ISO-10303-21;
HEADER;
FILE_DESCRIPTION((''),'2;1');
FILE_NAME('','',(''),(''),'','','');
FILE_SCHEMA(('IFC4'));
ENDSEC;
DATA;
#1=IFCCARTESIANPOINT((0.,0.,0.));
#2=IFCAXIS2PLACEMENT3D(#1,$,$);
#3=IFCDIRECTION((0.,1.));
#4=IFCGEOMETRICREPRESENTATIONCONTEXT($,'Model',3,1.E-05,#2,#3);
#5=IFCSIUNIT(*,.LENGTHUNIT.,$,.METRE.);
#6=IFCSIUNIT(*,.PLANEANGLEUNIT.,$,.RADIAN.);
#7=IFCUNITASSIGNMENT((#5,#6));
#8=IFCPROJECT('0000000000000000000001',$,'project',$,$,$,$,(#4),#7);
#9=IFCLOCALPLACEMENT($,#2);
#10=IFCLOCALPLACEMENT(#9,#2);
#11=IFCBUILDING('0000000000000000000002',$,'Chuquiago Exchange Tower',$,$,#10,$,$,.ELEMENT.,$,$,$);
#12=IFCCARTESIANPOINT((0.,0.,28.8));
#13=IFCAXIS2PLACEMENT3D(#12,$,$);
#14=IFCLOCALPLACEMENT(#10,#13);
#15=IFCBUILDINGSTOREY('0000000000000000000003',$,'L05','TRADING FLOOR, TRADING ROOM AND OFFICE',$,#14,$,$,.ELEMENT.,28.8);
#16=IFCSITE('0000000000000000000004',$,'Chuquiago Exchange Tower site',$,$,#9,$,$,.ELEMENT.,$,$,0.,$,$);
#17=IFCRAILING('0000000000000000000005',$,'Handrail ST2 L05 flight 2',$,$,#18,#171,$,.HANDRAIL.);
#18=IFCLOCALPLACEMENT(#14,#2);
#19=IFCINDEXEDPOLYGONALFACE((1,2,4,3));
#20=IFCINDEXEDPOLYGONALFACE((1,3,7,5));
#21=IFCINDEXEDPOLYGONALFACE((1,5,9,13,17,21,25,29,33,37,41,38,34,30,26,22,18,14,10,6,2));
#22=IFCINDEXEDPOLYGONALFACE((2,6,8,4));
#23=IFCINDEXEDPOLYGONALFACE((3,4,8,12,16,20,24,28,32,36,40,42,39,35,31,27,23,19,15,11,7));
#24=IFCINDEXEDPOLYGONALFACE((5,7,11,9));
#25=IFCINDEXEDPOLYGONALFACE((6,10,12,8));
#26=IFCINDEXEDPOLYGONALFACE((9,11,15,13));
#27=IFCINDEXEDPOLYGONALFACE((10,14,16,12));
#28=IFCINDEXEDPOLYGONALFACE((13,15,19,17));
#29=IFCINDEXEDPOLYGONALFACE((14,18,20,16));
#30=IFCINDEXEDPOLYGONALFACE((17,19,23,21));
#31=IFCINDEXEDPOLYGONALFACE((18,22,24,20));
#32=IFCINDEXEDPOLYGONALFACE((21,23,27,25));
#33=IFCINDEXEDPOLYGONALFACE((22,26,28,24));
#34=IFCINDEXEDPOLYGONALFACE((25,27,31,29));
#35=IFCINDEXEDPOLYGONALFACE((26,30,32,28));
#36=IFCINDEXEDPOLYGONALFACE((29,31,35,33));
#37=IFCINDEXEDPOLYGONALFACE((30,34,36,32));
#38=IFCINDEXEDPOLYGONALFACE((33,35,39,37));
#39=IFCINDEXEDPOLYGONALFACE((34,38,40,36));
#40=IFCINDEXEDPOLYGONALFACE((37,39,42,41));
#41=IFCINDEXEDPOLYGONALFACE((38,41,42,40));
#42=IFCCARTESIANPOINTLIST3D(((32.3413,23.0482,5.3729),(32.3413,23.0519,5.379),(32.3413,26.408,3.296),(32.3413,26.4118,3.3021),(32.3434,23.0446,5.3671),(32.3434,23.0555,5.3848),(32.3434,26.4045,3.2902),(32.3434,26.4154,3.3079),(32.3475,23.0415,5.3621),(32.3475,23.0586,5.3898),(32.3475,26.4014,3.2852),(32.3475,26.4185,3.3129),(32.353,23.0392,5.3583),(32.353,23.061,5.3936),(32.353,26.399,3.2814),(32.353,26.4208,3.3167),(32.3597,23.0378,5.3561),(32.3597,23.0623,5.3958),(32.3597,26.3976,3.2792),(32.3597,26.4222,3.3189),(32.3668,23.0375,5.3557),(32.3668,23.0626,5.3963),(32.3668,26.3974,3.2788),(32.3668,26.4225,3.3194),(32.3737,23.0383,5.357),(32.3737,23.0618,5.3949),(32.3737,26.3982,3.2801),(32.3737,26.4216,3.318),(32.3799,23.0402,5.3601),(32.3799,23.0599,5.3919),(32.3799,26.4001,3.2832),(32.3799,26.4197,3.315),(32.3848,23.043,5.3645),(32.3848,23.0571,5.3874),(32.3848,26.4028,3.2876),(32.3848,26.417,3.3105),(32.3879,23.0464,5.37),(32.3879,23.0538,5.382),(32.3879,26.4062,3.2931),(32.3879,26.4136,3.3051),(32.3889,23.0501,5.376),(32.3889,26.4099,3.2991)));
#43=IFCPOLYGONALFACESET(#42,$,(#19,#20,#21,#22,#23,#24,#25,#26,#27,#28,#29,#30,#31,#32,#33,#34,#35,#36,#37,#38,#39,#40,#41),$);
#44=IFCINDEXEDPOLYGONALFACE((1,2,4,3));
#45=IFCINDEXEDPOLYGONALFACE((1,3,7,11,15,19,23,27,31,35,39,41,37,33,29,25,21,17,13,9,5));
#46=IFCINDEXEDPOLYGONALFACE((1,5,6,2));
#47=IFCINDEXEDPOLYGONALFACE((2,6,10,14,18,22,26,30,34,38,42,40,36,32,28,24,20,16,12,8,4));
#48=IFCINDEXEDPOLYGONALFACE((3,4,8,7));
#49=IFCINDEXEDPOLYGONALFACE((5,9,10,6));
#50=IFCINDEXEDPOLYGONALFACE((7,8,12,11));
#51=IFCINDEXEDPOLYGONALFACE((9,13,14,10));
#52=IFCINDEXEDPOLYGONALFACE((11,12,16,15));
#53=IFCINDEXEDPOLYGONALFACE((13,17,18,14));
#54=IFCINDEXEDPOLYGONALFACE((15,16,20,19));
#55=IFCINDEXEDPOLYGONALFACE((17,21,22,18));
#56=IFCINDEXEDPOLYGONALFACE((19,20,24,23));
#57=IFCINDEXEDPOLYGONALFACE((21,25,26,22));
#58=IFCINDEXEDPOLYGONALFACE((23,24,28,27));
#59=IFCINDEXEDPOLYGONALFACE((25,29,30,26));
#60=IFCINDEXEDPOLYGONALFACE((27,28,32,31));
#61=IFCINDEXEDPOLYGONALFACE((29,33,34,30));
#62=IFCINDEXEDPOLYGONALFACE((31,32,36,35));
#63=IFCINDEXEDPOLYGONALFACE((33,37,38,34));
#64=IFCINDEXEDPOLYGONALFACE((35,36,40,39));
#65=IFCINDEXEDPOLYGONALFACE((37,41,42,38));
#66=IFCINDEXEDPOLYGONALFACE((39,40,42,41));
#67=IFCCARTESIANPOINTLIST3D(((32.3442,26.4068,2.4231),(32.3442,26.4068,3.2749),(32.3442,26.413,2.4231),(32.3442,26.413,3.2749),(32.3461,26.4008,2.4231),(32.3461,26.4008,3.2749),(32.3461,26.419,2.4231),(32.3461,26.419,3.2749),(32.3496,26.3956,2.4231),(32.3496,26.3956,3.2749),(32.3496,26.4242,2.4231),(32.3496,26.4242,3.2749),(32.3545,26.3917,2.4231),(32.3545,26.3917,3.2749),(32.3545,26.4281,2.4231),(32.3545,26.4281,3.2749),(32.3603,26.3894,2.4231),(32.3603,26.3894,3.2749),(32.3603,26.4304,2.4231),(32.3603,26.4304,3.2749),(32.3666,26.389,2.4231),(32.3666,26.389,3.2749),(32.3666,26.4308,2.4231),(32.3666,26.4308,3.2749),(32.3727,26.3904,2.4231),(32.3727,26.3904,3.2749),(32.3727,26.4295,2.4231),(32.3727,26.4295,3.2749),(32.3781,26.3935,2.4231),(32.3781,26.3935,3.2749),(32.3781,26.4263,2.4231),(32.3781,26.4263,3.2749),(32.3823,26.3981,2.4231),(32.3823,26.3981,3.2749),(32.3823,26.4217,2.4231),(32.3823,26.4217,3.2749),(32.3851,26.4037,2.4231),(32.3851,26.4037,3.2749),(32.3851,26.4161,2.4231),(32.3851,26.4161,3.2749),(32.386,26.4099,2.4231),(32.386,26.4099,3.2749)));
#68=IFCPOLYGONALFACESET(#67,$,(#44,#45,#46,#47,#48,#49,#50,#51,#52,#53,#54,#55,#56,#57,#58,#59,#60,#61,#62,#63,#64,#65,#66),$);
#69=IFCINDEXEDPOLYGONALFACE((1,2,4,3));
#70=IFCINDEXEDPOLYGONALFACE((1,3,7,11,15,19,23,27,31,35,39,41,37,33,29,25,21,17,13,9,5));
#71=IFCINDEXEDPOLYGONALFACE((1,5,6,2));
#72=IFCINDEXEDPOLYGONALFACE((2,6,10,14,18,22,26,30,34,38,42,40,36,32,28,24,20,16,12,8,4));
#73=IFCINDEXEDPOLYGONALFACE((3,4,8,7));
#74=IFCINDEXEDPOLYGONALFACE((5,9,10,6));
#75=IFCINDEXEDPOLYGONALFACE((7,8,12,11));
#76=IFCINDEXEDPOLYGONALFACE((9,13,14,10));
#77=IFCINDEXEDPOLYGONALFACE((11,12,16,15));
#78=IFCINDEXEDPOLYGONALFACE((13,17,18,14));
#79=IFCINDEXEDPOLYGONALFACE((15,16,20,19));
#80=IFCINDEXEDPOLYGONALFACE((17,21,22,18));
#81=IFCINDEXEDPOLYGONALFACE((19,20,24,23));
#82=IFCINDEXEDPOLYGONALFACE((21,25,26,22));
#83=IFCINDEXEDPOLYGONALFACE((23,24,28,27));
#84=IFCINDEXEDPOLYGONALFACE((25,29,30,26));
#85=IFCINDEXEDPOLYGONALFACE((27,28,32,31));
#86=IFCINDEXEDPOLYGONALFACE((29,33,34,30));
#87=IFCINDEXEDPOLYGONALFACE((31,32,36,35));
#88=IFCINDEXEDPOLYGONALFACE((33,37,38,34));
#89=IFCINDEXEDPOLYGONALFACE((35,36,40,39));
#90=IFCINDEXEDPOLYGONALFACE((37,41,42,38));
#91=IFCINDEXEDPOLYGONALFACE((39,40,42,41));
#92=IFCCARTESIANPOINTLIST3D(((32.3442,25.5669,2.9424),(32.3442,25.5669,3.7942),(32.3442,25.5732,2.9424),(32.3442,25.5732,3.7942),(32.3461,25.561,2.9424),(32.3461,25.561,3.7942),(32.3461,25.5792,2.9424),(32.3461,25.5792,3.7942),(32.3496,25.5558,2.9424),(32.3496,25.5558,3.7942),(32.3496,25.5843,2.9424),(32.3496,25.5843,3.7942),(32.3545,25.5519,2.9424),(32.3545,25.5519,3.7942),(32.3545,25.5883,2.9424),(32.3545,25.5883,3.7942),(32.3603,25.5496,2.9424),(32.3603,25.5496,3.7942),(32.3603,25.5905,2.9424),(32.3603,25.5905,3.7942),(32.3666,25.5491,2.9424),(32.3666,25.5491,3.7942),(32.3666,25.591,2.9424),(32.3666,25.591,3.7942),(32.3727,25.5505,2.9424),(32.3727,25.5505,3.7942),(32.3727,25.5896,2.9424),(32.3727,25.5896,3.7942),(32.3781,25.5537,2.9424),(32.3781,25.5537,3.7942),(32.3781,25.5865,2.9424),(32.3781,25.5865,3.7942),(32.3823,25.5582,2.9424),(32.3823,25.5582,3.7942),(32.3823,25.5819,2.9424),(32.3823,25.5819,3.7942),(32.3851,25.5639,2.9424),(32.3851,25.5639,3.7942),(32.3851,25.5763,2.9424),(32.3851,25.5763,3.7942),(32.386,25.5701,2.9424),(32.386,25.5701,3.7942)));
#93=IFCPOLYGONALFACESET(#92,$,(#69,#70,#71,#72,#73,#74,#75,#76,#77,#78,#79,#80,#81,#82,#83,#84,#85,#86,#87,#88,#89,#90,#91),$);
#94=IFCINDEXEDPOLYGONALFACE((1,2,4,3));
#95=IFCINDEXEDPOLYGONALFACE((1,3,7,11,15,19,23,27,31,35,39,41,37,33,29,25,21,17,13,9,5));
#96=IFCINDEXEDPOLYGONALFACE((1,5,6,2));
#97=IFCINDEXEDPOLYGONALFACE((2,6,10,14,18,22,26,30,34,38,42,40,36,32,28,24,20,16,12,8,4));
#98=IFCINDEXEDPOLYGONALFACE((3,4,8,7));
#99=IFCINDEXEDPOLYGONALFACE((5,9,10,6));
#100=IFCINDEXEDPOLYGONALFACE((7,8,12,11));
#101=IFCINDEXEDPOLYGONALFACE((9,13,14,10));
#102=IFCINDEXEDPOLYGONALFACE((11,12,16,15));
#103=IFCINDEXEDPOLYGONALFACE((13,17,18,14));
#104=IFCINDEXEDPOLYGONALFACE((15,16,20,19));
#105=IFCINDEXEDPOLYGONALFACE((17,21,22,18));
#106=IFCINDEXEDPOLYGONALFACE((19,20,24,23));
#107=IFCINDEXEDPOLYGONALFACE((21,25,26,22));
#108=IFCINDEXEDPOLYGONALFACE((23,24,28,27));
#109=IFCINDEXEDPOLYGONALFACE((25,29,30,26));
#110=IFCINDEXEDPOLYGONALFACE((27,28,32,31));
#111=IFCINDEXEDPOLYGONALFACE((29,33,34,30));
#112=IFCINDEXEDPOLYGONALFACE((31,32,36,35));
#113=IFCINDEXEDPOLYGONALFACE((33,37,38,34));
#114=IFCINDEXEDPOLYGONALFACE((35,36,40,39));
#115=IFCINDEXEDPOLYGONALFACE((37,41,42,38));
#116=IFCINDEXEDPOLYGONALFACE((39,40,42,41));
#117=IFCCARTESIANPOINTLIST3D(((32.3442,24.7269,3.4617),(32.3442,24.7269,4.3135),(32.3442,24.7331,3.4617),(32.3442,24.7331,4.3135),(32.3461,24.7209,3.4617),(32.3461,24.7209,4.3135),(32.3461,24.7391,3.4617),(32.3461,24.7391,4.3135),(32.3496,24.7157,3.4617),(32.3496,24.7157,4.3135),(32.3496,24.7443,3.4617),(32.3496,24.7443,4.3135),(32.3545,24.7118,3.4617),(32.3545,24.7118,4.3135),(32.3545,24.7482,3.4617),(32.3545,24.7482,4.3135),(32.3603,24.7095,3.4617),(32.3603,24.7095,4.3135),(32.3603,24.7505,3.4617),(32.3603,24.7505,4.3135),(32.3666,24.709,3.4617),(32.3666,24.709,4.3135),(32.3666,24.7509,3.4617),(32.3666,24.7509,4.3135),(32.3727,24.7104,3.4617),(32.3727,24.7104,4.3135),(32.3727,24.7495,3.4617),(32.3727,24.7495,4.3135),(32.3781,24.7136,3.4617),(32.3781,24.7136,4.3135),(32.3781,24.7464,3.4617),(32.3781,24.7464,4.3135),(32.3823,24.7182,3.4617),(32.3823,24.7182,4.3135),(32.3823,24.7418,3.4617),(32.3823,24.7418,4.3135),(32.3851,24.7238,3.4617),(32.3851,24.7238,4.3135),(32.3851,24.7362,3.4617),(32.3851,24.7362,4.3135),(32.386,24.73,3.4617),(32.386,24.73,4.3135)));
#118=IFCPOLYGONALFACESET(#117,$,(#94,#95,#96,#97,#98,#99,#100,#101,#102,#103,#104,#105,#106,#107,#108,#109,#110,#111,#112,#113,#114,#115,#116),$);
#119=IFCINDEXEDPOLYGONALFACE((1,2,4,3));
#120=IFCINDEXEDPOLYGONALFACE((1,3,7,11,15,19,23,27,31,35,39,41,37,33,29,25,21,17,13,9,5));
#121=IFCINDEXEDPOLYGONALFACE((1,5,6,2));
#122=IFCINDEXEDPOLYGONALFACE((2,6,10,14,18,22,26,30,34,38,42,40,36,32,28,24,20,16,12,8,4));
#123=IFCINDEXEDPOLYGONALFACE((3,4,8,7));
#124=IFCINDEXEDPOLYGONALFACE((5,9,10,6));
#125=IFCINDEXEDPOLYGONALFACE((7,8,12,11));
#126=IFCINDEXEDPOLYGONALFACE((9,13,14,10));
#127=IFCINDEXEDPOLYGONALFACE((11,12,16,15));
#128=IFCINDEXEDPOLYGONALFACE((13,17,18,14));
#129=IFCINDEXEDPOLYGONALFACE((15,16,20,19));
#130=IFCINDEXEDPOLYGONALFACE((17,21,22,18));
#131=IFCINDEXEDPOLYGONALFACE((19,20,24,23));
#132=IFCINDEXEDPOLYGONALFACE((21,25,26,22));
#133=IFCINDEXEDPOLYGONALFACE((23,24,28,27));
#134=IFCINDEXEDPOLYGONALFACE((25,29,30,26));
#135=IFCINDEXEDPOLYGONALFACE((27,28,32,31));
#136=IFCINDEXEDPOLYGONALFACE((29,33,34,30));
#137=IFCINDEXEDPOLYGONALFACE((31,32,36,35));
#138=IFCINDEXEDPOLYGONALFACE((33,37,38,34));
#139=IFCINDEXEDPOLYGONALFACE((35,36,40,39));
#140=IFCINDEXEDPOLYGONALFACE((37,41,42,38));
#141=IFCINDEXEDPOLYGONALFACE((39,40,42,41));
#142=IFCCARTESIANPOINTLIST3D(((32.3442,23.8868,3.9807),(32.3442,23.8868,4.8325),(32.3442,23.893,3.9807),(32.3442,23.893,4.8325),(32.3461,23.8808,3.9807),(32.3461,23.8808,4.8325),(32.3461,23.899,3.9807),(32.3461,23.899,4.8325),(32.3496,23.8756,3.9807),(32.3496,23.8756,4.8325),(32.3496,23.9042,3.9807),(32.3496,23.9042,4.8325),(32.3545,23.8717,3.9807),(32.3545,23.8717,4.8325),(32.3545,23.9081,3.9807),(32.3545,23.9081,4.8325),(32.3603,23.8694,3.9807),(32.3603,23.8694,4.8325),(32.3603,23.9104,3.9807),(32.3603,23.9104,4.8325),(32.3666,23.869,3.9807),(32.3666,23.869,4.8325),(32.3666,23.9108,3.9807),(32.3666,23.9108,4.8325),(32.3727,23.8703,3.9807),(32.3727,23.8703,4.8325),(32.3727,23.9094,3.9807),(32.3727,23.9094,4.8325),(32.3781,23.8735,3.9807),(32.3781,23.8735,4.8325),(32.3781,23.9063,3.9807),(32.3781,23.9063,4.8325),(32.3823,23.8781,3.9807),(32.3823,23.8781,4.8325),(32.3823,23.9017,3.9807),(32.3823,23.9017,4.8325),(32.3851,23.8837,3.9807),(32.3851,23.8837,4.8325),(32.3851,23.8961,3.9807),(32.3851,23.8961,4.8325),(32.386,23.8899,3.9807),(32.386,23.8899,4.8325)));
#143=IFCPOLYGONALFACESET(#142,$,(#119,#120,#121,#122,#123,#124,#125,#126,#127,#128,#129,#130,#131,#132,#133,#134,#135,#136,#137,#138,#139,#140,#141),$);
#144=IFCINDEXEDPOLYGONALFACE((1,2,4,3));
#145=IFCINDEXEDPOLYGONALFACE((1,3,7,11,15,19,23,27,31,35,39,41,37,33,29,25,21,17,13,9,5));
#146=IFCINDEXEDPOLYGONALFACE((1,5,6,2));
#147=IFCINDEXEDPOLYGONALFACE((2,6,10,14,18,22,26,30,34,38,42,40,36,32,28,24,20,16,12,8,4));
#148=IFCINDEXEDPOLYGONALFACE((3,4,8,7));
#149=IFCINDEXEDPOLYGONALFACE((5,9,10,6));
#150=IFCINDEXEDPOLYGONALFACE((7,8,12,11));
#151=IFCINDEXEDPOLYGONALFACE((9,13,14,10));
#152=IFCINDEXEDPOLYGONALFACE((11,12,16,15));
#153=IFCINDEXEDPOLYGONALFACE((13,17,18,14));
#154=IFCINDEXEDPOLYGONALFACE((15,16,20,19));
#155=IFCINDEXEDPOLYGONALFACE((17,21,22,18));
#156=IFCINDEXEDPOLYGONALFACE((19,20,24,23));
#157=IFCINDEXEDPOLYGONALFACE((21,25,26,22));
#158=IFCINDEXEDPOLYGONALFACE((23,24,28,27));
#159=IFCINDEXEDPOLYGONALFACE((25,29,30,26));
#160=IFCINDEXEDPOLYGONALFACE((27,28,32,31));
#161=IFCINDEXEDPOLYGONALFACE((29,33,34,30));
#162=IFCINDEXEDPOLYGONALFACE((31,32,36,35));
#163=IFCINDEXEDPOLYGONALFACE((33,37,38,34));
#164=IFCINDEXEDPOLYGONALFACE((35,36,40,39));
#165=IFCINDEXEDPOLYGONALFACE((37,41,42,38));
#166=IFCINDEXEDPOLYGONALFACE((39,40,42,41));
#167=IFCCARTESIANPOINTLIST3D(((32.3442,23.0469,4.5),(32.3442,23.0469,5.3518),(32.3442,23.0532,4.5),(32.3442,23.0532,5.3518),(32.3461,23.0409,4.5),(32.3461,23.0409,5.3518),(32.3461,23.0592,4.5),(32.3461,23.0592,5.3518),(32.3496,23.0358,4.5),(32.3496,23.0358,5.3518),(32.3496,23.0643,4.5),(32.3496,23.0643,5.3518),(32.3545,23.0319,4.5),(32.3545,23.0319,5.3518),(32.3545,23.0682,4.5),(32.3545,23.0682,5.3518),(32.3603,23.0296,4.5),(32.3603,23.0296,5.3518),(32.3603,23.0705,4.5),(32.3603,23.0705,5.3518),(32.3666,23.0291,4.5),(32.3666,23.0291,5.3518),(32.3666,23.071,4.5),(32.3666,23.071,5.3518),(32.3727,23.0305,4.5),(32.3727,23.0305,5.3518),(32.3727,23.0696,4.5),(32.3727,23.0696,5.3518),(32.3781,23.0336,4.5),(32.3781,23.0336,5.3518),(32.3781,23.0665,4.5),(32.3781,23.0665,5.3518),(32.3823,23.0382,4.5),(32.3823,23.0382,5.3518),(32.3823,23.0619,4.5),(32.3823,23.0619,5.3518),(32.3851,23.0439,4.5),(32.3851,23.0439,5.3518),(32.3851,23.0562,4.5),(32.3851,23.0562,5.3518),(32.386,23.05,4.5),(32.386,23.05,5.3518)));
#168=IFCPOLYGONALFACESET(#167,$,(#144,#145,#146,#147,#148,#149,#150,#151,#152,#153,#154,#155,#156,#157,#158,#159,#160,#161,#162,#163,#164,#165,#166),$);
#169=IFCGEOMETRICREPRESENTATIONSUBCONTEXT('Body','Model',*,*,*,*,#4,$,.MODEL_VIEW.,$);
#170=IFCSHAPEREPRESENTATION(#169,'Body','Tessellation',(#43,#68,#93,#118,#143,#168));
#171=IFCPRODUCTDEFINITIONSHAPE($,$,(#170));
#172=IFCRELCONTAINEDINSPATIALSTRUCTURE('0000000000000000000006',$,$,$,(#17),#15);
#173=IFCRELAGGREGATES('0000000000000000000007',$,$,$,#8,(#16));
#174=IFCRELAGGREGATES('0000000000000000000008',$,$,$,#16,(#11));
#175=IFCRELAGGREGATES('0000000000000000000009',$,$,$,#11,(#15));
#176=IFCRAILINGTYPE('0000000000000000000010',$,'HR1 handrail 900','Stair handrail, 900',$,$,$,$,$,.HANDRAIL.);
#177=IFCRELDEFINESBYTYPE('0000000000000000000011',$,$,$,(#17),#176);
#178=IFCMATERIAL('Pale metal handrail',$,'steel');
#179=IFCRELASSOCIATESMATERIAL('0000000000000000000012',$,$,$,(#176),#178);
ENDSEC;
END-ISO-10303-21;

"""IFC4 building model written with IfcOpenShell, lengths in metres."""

from ifc_helpers import new_model, si_unit, direction, frame, origin, origin_2d, place, context, subcontext, project, spatial, circle, extrude, material, type_object, element, save


model = new_model("IFC4")

# Units and contexts
model_context = context("Model", 3, precision=1e-05, world=origin(), true_north=direction((0.0, 1.0)))
body_context = subcontext(model_context, "Body", "Model", "MODEL_VIEW")
ifc_project = project(units=[si_unit("LENGTHUNIT", "METRE"), si_unit("PLANEANGLEUNIT", "RADIAN")], contexts=[model_context])

# Site, building, storey
site_placement = place(None, origin())
site = spatial("IfcSite", under=ifc_project, at=site_placement, Name="Chuquiago Exchange Tower site", CompositionType="ELEMENT", RefElevation=0.0)
building_placement = place(site_placement, origin())
building = spatial("IfcBuilding", under=site, at=building_placement, Name="Chuquiago Exchange Tower", CompositionType="ELEMENT")
storey_placement = place(building_placement, frame((0.0, 0.0, 28.8)))
storey = spatial("IfcBuildingStorey", under=building, at=storey_placement, Name="L05", Description="TRADING FLOOR, TRADING ROOM AND OFFICE", CompositionType="ELEMENT", Elevation=28.8)

# Railing
ifc_material_1 = material(Name="Pale metal handrail", Category="steel")
railing_type_1 = type_object("IfcRailingType", Name="HR1 handrail 900", Description="Stair handrail, 900", PredefinedType="HANDRAIL", material=ifc_material_1)
for number, where, name in (
    (1, (32.365, 26.4099, 2.4231), "Handrail ST2 L05 flight 2"),
):
    element("IfcRailing", number, at=place(storey_placement, frame(where)), inside=storey, type_object=railing_type_1, Name=name, PredefinedType="HANDRAIL", context=body_context, shape_type="SweptSolid", body=[
        extrude(circle(Radius=0.0239, at=origin_2d()), frame((0.0, 0.0, 0.876), z_axis=(0.0, -0.850606, 0.525803), x_axis=(1.0, 0.0, 0.0)), (0.0, 0.0, 1.0), 3.95),
        extrude(circle(Radius=0.021, at=origin_2d()), origin(), (0.0, 0.0, 1.0), 0.8518),
        extrude(circle(Radius=0.021, at=origin_2d()), frame((0.0, -0.8398, 0.5193)), (0.0, 0.0, 1.0), 0.8518),
        extrude(circle(Radius=0.021, at=origin_2d()), frame((0.0, -1.6799, 1.0386)), (0.0, 0.0, 1.0), 0.8518),
        extrude(circle(Radius=0.021, at=origin_2d()), frame((0.0, -2.52, 1.5576)), (0.0, 0.0, 1.0), 0.8518),
        extrude(circle(Radius=0.021, at=origin_2d()), frame((0.0, -3.3599, 2.0769)), (0.0, 0.0, 1.0), 0.8518),
    ])

save(model, "model.ifc")
